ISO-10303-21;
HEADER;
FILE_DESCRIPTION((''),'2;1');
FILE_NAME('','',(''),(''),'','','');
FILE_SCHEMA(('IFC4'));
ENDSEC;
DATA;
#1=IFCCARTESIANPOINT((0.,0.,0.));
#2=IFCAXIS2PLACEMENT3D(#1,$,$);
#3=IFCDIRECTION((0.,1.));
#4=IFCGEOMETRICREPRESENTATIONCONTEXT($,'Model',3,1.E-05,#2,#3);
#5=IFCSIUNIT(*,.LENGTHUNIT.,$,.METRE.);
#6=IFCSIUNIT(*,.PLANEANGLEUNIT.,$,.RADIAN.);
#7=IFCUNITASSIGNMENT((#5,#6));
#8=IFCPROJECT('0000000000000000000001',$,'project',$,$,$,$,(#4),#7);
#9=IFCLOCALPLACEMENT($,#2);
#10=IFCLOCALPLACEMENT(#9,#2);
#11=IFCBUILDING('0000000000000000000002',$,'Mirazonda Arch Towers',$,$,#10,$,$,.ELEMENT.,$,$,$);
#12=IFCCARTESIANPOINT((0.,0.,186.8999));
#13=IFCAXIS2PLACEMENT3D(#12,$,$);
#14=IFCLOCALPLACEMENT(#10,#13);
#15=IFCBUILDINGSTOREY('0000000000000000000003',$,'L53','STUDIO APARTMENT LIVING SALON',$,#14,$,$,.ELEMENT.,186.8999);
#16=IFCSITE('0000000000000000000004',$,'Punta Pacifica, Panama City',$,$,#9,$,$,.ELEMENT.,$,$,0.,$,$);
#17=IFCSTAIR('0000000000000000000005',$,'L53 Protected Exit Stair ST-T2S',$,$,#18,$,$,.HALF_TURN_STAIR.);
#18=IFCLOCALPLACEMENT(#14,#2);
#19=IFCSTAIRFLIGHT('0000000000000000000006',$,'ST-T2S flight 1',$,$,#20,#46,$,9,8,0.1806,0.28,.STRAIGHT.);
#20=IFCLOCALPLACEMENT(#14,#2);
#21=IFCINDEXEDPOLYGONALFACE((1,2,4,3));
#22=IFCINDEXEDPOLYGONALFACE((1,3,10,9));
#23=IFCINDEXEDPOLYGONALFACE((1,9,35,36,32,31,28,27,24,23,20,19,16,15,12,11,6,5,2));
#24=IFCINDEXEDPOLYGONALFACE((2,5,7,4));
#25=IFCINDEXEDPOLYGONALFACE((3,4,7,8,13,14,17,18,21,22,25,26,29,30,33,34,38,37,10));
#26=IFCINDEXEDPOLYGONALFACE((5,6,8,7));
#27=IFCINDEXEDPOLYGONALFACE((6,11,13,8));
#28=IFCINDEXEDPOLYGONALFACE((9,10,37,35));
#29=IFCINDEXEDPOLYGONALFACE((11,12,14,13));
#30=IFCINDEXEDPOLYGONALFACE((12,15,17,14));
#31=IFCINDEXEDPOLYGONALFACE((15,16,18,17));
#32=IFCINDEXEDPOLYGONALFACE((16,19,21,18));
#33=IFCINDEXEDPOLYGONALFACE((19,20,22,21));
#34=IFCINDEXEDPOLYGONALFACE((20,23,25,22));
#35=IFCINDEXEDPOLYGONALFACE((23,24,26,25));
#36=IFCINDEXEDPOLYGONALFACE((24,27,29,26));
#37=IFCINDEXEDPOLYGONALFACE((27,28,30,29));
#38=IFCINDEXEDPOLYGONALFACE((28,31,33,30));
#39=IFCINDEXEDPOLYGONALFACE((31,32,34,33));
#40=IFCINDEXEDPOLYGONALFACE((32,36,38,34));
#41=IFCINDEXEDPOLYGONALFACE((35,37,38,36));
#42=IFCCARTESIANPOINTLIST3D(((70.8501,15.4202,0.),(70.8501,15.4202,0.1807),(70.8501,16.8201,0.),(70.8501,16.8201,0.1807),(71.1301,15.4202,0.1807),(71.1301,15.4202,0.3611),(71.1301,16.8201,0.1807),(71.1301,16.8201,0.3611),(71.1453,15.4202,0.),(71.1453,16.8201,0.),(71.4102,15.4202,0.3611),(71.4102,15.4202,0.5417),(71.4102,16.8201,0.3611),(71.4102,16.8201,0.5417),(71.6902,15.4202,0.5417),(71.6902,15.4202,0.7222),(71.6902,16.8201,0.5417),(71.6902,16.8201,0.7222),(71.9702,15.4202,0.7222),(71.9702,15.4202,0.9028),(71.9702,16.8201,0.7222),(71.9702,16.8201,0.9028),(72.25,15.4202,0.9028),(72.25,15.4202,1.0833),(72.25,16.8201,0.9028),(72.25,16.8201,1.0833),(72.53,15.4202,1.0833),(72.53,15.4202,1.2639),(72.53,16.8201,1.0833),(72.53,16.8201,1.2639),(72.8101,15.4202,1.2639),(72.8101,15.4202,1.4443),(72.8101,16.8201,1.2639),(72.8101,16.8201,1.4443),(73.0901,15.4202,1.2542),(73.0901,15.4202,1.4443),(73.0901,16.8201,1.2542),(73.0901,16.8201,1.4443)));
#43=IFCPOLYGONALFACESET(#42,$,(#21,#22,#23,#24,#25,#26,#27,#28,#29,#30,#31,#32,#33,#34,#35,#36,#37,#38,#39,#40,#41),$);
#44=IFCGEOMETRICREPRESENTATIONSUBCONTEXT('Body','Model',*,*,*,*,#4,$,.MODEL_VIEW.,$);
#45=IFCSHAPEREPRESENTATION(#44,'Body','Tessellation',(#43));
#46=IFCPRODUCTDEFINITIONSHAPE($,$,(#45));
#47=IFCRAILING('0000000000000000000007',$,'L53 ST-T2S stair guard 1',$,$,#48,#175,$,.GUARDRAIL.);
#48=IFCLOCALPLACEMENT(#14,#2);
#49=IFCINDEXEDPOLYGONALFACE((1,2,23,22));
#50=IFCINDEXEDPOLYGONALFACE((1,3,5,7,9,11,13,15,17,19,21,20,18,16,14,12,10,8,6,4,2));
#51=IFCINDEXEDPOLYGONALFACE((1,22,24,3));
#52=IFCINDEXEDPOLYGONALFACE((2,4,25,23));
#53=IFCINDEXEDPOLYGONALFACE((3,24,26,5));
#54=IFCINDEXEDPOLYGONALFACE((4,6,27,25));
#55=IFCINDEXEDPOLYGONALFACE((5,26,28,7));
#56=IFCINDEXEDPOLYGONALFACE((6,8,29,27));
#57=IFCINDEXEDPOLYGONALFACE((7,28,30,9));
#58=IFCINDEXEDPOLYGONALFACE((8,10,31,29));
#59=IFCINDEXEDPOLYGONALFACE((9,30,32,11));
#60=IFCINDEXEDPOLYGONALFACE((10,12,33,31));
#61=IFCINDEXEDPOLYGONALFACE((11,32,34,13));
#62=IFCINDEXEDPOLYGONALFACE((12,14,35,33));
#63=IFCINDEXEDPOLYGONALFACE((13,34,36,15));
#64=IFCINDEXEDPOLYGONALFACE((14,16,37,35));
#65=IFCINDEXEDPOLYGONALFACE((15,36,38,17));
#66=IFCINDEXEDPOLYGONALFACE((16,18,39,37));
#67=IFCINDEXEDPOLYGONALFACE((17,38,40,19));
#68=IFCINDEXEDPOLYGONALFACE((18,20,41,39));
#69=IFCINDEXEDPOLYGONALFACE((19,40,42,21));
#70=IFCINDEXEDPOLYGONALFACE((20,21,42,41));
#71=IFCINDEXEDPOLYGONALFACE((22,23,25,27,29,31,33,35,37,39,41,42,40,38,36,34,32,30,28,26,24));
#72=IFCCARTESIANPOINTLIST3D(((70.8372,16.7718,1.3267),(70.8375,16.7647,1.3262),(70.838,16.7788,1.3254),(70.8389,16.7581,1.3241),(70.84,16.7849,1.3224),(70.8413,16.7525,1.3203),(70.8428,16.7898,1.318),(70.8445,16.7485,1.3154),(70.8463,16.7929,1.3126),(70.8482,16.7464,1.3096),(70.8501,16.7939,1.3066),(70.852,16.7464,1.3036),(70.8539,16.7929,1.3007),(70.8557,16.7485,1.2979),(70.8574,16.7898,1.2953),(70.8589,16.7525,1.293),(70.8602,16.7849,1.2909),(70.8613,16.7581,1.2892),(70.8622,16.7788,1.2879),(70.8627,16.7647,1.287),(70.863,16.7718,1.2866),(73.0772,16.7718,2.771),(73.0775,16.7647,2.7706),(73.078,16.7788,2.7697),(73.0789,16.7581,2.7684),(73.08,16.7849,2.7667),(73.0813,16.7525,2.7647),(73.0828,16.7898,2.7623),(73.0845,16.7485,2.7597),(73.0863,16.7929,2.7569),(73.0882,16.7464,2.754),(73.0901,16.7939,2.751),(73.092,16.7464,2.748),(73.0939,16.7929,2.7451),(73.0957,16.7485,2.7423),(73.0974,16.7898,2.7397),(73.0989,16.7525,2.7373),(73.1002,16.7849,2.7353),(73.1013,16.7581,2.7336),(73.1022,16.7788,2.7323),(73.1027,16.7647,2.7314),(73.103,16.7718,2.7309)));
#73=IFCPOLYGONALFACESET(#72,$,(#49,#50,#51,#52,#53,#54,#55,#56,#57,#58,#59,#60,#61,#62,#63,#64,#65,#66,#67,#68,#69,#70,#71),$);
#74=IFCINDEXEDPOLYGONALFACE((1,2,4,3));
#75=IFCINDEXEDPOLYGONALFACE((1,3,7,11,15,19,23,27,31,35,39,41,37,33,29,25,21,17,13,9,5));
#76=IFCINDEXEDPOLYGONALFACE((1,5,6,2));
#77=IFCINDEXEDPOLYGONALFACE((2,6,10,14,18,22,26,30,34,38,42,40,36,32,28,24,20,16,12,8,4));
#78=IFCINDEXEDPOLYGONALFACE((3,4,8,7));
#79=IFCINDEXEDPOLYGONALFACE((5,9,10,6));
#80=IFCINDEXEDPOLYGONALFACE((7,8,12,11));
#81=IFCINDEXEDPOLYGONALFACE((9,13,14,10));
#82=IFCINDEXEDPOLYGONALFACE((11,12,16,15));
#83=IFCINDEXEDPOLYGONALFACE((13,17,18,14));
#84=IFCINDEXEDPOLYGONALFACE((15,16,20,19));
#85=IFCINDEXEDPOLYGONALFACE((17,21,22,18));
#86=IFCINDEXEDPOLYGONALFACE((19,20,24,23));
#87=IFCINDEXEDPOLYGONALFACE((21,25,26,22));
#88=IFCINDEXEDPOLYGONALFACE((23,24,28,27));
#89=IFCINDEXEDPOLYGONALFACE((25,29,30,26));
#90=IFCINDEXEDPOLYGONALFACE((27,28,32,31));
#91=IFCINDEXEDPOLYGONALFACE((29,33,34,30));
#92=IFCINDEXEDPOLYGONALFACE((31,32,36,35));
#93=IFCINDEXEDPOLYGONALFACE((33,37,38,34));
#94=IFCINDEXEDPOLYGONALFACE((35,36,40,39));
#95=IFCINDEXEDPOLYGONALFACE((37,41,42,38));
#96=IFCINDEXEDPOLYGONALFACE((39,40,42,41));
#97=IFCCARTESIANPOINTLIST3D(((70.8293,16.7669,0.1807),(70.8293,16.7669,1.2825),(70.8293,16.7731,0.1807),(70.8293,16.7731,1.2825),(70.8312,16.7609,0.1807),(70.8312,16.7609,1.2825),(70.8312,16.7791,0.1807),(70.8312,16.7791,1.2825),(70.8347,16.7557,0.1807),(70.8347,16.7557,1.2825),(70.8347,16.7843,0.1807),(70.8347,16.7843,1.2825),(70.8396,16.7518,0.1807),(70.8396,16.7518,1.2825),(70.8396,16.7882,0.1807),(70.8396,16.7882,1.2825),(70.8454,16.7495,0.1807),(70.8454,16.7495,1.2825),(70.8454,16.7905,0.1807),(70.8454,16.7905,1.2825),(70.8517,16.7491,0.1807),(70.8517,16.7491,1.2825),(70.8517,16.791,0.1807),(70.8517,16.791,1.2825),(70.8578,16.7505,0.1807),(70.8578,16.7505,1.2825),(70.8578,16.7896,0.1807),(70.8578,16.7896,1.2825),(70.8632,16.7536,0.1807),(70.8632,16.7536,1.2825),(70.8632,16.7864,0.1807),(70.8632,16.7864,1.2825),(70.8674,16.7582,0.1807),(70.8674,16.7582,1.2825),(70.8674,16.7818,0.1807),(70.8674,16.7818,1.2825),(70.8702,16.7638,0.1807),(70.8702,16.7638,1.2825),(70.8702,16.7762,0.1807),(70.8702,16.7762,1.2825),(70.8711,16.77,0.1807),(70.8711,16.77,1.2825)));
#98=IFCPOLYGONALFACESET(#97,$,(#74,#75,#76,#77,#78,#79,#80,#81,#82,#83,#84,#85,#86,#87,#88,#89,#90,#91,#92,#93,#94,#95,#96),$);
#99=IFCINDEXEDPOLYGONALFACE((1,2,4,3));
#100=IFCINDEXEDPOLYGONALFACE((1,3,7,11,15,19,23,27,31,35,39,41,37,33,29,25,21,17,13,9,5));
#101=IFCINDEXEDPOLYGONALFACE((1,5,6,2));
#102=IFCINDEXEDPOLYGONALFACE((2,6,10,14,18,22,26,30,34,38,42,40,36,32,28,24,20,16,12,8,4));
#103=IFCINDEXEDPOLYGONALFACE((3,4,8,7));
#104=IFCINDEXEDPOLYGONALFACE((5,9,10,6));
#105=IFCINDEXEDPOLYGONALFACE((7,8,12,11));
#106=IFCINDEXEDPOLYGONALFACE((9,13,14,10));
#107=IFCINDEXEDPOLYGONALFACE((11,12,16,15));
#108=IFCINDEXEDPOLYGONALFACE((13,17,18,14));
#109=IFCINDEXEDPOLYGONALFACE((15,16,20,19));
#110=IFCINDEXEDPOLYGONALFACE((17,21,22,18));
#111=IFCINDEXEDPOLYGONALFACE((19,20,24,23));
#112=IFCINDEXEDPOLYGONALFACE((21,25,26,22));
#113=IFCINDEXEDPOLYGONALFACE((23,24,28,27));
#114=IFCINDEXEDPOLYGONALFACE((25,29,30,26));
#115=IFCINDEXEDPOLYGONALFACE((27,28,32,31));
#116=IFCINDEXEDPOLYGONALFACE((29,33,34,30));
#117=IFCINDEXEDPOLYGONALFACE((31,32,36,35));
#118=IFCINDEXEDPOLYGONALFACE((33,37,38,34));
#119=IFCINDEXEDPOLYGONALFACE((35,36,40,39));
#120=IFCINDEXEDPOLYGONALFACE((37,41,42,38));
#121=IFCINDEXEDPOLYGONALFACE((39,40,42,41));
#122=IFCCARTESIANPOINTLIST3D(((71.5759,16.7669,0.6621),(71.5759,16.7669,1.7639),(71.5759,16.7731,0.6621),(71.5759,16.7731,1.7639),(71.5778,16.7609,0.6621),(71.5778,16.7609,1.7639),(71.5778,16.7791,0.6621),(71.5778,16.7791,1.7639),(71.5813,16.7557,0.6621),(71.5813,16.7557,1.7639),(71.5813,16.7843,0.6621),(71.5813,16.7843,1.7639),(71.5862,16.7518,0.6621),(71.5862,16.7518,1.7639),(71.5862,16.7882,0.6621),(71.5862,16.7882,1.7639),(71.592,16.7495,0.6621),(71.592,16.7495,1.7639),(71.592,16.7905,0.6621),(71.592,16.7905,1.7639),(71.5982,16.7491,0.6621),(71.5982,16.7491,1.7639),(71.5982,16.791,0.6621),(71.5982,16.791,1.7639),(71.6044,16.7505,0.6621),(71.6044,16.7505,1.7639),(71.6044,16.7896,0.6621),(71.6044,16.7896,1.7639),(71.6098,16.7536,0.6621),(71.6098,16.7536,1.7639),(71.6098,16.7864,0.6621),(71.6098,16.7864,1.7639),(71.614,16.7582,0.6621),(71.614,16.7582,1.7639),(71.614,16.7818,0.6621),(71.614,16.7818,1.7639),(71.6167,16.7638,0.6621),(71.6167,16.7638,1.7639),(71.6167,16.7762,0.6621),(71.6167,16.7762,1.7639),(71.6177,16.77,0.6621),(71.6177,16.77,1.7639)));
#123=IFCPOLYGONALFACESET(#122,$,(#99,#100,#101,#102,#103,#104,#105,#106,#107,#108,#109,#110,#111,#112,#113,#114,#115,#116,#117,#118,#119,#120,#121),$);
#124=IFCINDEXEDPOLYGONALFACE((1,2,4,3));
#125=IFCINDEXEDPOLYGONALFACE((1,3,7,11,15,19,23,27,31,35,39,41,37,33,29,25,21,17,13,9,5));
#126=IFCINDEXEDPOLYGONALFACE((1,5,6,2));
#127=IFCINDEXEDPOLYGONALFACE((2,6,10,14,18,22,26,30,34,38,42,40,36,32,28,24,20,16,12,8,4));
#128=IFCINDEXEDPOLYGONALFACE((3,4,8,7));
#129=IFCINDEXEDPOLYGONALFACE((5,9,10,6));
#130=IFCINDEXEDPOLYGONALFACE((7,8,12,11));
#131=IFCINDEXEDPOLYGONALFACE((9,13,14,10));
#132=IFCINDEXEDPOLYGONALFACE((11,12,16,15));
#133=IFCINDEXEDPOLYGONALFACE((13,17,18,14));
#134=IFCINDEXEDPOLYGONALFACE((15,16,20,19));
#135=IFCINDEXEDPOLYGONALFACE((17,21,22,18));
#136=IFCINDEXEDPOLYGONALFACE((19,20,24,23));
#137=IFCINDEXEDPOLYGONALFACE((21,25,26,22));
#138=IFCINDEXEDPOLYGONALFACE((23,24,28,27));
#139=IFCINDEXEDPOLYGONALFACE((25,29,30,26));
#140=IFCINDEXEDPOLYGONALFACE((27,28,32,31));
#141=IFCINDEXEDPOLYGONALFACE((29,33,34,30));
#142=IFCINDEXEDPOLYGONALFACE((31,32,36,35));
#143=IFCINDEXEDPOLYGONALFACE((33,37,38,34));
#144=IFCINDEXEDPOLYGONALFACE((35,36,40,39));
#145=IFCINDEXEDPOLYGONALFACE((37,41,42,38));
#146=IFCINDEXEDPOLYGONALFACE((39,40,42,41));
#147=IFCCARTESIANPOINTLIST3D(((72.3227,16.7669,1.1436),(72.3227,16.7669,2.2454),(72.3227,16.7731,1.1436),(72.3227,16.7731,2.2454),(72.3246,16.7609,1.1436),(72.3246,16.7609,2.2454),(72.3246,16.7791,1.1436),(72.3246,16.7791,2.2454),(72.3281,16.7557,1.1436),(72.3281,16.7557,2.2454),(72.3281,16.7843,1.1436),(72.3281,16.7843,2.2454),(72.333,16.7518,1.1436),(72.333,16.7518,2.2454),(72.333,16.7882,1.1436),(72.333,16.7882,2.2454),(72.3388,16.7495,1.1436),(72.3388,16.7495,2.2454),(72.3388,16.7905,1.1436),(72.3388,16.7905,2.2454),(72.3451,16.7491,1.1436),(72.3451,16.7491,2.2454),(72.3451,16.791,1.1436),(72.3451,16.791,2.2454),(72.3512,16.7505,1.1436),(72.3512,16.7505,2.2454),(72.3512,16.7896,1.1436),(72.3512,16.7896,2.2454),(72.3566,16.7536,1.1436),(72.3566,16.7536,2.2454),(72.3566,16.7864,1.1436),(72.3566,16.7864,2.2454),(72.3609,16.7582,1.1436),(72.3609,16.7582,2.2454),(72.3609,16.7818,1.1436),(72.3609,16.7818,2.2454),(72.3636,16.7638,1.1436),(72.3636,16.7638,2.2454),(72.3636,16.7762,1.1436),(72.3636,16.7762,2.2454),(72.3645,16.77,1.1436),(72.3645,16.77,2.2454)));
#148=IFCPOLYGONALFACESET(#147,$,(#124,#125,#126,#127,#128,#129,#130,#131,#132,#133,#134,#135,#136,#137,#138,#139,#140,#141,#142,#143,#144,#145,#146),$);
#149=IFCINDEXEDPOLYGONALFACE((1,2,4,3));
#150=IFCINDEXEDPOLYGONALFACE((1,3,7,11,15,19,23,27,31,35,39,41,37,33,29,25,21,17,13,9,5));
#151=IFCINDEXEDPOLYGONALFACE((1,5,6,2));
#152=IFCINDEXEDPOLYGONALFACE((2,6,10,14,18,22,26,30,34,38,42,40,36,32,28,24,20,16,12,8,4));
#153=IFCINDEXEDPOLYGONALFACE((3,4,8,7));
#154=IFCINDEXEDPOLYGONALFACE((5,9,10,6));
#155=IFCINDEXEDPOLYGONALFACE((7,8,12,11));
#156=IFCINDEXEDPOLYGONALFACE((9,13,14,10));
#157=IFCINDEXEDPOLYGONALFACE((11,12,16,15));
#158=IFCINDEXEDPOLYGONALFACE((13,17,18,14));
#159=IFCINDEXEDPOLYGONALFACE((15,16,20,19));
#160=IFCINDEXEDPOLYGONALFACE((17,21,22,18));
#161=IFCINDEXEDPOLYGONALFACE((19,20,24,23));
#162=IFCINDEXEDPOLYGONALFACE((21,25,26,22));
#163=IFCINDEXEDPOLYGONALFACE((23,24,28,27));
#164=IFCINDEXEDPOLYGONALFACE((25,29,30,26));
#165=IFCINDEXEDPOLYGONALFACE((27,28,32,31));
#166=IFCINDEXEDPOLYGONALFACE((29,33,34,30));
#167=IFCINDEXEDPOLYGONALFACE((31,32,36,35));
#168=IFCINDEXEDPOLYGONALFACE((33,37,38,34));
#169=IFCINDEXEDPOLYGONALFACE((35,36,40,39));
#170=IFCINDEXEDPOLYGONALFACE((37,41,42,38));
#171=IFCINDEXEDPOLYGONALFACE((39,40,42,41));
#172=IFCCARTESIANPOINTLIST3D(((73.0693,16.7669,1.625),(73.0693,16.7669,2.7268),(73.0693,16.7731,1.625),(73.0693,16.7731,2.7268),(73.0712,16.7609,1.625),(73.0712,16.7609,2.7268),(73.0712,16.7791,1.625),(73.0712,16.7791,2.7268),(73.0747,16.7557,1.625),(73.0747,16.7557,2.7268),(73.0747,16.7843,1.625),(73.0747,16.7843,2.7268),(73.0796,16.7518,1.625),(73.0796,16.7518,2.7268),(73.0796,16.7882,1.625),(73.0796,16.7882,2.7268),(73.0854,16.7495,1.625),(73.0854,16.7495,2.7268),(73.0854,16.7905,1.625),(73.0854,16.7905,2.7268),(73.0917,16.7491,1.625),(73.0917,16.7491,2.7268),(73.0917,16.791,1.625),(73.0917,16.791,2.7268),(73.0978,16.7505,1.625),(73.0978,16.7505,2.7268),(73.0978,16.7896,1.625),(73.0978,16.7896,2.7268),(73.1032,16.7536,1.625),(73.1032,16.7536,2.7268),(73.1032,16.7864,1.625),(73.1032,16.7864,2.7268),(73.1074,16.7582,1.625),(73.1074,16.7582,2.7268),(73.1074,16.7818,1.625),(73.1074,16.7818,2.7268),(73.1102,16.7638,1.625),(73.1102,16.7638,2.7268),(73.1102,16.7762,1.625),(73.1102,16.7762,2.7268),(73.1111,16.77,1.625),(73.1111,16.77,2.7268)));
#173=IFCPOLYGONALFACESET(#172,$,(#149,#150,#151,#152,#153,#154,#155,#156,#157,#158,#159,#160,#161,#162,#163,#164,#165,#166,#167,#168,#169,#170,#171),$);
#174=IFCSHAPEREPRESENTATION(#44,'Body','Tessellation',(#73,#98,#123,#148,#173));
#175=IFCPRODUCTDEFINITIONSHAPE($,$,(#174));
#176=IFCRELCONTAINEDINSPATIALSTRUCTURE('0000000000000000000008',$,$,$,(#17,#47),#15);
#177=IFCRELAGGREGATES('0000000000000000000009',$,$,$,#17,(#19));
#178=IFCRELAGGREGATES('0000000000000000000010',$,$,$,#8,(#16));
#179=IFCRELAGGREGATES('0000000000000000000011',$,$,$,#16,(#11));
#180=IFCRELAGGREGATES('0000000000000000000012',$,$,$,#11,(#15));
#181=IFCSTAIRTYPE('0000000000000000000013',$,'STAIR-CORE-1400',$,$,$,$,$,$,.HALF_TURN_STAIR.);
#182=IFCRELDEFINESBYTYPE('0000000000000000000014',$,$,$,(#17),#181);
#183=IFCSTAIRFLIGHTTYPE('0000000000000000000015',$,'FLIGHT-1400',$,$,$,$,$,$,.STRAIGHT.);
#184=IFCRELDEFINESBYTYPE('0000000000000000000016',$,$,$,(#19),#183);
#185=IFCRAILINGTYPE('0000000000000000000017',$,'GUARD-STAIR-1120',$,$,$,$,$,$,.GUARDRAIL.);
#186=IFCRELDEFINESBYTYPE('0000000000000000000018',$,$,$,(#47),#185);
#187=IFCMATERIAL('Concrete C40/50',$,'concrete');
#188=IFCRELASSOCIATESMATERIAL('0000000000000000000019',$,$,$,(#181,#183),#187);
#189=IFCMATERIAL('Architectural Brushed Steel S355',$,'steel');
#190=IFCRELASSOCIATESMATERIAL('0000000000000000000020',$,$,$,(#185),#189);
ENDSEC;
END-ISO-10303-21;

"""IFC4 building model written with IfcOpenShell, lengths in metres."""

from ifc_helpers import new_model, si_unit, direction, frame, origin, origin_2d, place, context, subcontext, project, spatial, polyline, circle, outline, extrude, material, type_object, element, aggregate, save


model = new_model("IFC4")

# Units and contexts
model_context = context("Model", 3, precision=1e-05, world=origin(), true_north=direction((0.0, 1.0)))
body_context = subcontext(model_context, "Body", "Model", "MODEL_VIEW")
ifc_project = project(units=[si_unit("LENGTHUNIT", "METRE"), si_unit("PLANEANGLEUNIT", "RADIAN")], contexts=[model_context])

# Site, building, storey
site_placement = place(None, origin())
site = spatial("IfcSite", under=ifc_project, at=site_placement, Name="Punta Pacifica, Panama City", CompositionType="ELEMENT", RefElevation=0.0)
building_placement = place(site_placement, origin())
building = spatial("IfcBuilding", under=site, at=building_placement, Name="Mirazonda Arch Towers", CompositionType="ELEMENT")
storey_placement = place(building_placement, frame((0.0, 0.0, 186.8999)))
storey = spatial("IfcBuildingStorey", under=building, at=storey_placement, Name="L53", Description="STUDIO APARTMENT LIVING SALON", CompositionType="ELEMENT", Elevation=186.8999)

# Stair, stair flight
ifc_material_1 = material(Name="Concrete C40/50", Category="concrete")
stair_type = type_object("IfcStairType", Name="STAIR-CORE-1400", PredefinedType="HALF_TURN_STAIR", material=ifc_material_1)
stair_placement = place(storey_placement, origin())
stair = element("IfcStair", 1, at=stair_placement, inside=storey, type_object=stair_type, Name="L53 Protected Exit Stair ST-T2S", PredefinedType="HALF_TURN_STAIR")
stair_flight_type = type_object("IfcStairFlightType", Name="FLIGHT-1400", PredefinedType="STRAIGHT", material=ifc_material_1)
stair_flight_placement = place(storey_placement, frame((70.8501, 16.1201, 0.0), z_axis=(0.0, 0.0, 1.0), x_axis=(1.0, 0.0, 0.0)))
stair_flight = element("IfcStairFlight", 2, at=stair_flight_placement, type_object=stair_flight_type, Name="ST-T2S flight 1", NumberOfRisers=9, NumberOfTreads=8, PredefinedType="STRAIGHT", RiserHeight=0.1806, TreadLength=0.28, context=body_context, shape_type="SweptSolid", body=[
    extrude(outline(polyline([(0.0, 0.0), (0.0, 0.1807), (0.28, 0.1807), (0.28, 0.3611), (0.5601, 0.3611), (0.5601, 0.5417), (0.8401, 0.5417), (0.8401, 0.7222), (1.1201, 0.7222), (1.1201, 0.9028), (1.3999, 0.9028), (1.3999, 1.0833), (1.6799, 1.0833), (1.6799, 1.2639), (1.96, 1.2639), (1.96, 1.4443), (2.24, 1.4443), (2.24, 1.625), (2.24, 1.2542), (0.2952, 0.0), (0.0, 0.0)])), frame((0.0, 0.7, 0.0), z_axis=(0.0, -1.0, 0.0), x_axis=(1.0, 0.0, 0.0)), (0.0, 0.0, 1.0), 1.3999),
])
aggregate(stair, [stair_flight])

# Railing
ifc_material_2 = material(Name="Architectural Brushed Steel S355", Category="steel")
railing_type_1 = type_object("IfcRailingType", Name="GUARD-STAIR-1120", PredefinedType="GUARDRAIL", material=ifc_material_2)
railing_1_placement = place(storey_placement, frame((70.8501, 16.77, 0.1807)))
element("IfcRailing", 3, at=railing_1_placement, inside=storey, type_object=railing_type_1, Name="L53 ST-T2S stair guard 1", PredefinedType="GUARDRAIL", context=body_context, shape_type="SweptSolid", body=[
    extrude(circle(Radius=0.0239, at=origin_2d()), frame((0.0, 0.0, 1.126), z_axis=(0.840437, 0.0, 0.54191), x_axis=(0.0, 1.0, 0.0)), (0.0, 0.0, 1.0), 2.6653),
    extrude(circle(Radius=0.021, at=origin_2d()), origin(), (0.0, 0.0, 1.0), 1.1018),
    extrude(circle(Radius=0.021, at=origin_2d()), frame((0.7466, 0.0, 0.4814)), (0.0, 0.0, 1.0), 1.1018),
    extrude(circle(Radius=0.021, at=origin_2d()), frame((1.4934, 0.0, 0.9629)), (0.0, 0.0, 1.0), 1.1018),
    extrude(circle(Radius=0.021, at=origin_2d()), frame((2.24, 0.0, 1.4443)), (0.0, 0.0, 1.0), 1.1018),
])

save(model, "model.ifc")
